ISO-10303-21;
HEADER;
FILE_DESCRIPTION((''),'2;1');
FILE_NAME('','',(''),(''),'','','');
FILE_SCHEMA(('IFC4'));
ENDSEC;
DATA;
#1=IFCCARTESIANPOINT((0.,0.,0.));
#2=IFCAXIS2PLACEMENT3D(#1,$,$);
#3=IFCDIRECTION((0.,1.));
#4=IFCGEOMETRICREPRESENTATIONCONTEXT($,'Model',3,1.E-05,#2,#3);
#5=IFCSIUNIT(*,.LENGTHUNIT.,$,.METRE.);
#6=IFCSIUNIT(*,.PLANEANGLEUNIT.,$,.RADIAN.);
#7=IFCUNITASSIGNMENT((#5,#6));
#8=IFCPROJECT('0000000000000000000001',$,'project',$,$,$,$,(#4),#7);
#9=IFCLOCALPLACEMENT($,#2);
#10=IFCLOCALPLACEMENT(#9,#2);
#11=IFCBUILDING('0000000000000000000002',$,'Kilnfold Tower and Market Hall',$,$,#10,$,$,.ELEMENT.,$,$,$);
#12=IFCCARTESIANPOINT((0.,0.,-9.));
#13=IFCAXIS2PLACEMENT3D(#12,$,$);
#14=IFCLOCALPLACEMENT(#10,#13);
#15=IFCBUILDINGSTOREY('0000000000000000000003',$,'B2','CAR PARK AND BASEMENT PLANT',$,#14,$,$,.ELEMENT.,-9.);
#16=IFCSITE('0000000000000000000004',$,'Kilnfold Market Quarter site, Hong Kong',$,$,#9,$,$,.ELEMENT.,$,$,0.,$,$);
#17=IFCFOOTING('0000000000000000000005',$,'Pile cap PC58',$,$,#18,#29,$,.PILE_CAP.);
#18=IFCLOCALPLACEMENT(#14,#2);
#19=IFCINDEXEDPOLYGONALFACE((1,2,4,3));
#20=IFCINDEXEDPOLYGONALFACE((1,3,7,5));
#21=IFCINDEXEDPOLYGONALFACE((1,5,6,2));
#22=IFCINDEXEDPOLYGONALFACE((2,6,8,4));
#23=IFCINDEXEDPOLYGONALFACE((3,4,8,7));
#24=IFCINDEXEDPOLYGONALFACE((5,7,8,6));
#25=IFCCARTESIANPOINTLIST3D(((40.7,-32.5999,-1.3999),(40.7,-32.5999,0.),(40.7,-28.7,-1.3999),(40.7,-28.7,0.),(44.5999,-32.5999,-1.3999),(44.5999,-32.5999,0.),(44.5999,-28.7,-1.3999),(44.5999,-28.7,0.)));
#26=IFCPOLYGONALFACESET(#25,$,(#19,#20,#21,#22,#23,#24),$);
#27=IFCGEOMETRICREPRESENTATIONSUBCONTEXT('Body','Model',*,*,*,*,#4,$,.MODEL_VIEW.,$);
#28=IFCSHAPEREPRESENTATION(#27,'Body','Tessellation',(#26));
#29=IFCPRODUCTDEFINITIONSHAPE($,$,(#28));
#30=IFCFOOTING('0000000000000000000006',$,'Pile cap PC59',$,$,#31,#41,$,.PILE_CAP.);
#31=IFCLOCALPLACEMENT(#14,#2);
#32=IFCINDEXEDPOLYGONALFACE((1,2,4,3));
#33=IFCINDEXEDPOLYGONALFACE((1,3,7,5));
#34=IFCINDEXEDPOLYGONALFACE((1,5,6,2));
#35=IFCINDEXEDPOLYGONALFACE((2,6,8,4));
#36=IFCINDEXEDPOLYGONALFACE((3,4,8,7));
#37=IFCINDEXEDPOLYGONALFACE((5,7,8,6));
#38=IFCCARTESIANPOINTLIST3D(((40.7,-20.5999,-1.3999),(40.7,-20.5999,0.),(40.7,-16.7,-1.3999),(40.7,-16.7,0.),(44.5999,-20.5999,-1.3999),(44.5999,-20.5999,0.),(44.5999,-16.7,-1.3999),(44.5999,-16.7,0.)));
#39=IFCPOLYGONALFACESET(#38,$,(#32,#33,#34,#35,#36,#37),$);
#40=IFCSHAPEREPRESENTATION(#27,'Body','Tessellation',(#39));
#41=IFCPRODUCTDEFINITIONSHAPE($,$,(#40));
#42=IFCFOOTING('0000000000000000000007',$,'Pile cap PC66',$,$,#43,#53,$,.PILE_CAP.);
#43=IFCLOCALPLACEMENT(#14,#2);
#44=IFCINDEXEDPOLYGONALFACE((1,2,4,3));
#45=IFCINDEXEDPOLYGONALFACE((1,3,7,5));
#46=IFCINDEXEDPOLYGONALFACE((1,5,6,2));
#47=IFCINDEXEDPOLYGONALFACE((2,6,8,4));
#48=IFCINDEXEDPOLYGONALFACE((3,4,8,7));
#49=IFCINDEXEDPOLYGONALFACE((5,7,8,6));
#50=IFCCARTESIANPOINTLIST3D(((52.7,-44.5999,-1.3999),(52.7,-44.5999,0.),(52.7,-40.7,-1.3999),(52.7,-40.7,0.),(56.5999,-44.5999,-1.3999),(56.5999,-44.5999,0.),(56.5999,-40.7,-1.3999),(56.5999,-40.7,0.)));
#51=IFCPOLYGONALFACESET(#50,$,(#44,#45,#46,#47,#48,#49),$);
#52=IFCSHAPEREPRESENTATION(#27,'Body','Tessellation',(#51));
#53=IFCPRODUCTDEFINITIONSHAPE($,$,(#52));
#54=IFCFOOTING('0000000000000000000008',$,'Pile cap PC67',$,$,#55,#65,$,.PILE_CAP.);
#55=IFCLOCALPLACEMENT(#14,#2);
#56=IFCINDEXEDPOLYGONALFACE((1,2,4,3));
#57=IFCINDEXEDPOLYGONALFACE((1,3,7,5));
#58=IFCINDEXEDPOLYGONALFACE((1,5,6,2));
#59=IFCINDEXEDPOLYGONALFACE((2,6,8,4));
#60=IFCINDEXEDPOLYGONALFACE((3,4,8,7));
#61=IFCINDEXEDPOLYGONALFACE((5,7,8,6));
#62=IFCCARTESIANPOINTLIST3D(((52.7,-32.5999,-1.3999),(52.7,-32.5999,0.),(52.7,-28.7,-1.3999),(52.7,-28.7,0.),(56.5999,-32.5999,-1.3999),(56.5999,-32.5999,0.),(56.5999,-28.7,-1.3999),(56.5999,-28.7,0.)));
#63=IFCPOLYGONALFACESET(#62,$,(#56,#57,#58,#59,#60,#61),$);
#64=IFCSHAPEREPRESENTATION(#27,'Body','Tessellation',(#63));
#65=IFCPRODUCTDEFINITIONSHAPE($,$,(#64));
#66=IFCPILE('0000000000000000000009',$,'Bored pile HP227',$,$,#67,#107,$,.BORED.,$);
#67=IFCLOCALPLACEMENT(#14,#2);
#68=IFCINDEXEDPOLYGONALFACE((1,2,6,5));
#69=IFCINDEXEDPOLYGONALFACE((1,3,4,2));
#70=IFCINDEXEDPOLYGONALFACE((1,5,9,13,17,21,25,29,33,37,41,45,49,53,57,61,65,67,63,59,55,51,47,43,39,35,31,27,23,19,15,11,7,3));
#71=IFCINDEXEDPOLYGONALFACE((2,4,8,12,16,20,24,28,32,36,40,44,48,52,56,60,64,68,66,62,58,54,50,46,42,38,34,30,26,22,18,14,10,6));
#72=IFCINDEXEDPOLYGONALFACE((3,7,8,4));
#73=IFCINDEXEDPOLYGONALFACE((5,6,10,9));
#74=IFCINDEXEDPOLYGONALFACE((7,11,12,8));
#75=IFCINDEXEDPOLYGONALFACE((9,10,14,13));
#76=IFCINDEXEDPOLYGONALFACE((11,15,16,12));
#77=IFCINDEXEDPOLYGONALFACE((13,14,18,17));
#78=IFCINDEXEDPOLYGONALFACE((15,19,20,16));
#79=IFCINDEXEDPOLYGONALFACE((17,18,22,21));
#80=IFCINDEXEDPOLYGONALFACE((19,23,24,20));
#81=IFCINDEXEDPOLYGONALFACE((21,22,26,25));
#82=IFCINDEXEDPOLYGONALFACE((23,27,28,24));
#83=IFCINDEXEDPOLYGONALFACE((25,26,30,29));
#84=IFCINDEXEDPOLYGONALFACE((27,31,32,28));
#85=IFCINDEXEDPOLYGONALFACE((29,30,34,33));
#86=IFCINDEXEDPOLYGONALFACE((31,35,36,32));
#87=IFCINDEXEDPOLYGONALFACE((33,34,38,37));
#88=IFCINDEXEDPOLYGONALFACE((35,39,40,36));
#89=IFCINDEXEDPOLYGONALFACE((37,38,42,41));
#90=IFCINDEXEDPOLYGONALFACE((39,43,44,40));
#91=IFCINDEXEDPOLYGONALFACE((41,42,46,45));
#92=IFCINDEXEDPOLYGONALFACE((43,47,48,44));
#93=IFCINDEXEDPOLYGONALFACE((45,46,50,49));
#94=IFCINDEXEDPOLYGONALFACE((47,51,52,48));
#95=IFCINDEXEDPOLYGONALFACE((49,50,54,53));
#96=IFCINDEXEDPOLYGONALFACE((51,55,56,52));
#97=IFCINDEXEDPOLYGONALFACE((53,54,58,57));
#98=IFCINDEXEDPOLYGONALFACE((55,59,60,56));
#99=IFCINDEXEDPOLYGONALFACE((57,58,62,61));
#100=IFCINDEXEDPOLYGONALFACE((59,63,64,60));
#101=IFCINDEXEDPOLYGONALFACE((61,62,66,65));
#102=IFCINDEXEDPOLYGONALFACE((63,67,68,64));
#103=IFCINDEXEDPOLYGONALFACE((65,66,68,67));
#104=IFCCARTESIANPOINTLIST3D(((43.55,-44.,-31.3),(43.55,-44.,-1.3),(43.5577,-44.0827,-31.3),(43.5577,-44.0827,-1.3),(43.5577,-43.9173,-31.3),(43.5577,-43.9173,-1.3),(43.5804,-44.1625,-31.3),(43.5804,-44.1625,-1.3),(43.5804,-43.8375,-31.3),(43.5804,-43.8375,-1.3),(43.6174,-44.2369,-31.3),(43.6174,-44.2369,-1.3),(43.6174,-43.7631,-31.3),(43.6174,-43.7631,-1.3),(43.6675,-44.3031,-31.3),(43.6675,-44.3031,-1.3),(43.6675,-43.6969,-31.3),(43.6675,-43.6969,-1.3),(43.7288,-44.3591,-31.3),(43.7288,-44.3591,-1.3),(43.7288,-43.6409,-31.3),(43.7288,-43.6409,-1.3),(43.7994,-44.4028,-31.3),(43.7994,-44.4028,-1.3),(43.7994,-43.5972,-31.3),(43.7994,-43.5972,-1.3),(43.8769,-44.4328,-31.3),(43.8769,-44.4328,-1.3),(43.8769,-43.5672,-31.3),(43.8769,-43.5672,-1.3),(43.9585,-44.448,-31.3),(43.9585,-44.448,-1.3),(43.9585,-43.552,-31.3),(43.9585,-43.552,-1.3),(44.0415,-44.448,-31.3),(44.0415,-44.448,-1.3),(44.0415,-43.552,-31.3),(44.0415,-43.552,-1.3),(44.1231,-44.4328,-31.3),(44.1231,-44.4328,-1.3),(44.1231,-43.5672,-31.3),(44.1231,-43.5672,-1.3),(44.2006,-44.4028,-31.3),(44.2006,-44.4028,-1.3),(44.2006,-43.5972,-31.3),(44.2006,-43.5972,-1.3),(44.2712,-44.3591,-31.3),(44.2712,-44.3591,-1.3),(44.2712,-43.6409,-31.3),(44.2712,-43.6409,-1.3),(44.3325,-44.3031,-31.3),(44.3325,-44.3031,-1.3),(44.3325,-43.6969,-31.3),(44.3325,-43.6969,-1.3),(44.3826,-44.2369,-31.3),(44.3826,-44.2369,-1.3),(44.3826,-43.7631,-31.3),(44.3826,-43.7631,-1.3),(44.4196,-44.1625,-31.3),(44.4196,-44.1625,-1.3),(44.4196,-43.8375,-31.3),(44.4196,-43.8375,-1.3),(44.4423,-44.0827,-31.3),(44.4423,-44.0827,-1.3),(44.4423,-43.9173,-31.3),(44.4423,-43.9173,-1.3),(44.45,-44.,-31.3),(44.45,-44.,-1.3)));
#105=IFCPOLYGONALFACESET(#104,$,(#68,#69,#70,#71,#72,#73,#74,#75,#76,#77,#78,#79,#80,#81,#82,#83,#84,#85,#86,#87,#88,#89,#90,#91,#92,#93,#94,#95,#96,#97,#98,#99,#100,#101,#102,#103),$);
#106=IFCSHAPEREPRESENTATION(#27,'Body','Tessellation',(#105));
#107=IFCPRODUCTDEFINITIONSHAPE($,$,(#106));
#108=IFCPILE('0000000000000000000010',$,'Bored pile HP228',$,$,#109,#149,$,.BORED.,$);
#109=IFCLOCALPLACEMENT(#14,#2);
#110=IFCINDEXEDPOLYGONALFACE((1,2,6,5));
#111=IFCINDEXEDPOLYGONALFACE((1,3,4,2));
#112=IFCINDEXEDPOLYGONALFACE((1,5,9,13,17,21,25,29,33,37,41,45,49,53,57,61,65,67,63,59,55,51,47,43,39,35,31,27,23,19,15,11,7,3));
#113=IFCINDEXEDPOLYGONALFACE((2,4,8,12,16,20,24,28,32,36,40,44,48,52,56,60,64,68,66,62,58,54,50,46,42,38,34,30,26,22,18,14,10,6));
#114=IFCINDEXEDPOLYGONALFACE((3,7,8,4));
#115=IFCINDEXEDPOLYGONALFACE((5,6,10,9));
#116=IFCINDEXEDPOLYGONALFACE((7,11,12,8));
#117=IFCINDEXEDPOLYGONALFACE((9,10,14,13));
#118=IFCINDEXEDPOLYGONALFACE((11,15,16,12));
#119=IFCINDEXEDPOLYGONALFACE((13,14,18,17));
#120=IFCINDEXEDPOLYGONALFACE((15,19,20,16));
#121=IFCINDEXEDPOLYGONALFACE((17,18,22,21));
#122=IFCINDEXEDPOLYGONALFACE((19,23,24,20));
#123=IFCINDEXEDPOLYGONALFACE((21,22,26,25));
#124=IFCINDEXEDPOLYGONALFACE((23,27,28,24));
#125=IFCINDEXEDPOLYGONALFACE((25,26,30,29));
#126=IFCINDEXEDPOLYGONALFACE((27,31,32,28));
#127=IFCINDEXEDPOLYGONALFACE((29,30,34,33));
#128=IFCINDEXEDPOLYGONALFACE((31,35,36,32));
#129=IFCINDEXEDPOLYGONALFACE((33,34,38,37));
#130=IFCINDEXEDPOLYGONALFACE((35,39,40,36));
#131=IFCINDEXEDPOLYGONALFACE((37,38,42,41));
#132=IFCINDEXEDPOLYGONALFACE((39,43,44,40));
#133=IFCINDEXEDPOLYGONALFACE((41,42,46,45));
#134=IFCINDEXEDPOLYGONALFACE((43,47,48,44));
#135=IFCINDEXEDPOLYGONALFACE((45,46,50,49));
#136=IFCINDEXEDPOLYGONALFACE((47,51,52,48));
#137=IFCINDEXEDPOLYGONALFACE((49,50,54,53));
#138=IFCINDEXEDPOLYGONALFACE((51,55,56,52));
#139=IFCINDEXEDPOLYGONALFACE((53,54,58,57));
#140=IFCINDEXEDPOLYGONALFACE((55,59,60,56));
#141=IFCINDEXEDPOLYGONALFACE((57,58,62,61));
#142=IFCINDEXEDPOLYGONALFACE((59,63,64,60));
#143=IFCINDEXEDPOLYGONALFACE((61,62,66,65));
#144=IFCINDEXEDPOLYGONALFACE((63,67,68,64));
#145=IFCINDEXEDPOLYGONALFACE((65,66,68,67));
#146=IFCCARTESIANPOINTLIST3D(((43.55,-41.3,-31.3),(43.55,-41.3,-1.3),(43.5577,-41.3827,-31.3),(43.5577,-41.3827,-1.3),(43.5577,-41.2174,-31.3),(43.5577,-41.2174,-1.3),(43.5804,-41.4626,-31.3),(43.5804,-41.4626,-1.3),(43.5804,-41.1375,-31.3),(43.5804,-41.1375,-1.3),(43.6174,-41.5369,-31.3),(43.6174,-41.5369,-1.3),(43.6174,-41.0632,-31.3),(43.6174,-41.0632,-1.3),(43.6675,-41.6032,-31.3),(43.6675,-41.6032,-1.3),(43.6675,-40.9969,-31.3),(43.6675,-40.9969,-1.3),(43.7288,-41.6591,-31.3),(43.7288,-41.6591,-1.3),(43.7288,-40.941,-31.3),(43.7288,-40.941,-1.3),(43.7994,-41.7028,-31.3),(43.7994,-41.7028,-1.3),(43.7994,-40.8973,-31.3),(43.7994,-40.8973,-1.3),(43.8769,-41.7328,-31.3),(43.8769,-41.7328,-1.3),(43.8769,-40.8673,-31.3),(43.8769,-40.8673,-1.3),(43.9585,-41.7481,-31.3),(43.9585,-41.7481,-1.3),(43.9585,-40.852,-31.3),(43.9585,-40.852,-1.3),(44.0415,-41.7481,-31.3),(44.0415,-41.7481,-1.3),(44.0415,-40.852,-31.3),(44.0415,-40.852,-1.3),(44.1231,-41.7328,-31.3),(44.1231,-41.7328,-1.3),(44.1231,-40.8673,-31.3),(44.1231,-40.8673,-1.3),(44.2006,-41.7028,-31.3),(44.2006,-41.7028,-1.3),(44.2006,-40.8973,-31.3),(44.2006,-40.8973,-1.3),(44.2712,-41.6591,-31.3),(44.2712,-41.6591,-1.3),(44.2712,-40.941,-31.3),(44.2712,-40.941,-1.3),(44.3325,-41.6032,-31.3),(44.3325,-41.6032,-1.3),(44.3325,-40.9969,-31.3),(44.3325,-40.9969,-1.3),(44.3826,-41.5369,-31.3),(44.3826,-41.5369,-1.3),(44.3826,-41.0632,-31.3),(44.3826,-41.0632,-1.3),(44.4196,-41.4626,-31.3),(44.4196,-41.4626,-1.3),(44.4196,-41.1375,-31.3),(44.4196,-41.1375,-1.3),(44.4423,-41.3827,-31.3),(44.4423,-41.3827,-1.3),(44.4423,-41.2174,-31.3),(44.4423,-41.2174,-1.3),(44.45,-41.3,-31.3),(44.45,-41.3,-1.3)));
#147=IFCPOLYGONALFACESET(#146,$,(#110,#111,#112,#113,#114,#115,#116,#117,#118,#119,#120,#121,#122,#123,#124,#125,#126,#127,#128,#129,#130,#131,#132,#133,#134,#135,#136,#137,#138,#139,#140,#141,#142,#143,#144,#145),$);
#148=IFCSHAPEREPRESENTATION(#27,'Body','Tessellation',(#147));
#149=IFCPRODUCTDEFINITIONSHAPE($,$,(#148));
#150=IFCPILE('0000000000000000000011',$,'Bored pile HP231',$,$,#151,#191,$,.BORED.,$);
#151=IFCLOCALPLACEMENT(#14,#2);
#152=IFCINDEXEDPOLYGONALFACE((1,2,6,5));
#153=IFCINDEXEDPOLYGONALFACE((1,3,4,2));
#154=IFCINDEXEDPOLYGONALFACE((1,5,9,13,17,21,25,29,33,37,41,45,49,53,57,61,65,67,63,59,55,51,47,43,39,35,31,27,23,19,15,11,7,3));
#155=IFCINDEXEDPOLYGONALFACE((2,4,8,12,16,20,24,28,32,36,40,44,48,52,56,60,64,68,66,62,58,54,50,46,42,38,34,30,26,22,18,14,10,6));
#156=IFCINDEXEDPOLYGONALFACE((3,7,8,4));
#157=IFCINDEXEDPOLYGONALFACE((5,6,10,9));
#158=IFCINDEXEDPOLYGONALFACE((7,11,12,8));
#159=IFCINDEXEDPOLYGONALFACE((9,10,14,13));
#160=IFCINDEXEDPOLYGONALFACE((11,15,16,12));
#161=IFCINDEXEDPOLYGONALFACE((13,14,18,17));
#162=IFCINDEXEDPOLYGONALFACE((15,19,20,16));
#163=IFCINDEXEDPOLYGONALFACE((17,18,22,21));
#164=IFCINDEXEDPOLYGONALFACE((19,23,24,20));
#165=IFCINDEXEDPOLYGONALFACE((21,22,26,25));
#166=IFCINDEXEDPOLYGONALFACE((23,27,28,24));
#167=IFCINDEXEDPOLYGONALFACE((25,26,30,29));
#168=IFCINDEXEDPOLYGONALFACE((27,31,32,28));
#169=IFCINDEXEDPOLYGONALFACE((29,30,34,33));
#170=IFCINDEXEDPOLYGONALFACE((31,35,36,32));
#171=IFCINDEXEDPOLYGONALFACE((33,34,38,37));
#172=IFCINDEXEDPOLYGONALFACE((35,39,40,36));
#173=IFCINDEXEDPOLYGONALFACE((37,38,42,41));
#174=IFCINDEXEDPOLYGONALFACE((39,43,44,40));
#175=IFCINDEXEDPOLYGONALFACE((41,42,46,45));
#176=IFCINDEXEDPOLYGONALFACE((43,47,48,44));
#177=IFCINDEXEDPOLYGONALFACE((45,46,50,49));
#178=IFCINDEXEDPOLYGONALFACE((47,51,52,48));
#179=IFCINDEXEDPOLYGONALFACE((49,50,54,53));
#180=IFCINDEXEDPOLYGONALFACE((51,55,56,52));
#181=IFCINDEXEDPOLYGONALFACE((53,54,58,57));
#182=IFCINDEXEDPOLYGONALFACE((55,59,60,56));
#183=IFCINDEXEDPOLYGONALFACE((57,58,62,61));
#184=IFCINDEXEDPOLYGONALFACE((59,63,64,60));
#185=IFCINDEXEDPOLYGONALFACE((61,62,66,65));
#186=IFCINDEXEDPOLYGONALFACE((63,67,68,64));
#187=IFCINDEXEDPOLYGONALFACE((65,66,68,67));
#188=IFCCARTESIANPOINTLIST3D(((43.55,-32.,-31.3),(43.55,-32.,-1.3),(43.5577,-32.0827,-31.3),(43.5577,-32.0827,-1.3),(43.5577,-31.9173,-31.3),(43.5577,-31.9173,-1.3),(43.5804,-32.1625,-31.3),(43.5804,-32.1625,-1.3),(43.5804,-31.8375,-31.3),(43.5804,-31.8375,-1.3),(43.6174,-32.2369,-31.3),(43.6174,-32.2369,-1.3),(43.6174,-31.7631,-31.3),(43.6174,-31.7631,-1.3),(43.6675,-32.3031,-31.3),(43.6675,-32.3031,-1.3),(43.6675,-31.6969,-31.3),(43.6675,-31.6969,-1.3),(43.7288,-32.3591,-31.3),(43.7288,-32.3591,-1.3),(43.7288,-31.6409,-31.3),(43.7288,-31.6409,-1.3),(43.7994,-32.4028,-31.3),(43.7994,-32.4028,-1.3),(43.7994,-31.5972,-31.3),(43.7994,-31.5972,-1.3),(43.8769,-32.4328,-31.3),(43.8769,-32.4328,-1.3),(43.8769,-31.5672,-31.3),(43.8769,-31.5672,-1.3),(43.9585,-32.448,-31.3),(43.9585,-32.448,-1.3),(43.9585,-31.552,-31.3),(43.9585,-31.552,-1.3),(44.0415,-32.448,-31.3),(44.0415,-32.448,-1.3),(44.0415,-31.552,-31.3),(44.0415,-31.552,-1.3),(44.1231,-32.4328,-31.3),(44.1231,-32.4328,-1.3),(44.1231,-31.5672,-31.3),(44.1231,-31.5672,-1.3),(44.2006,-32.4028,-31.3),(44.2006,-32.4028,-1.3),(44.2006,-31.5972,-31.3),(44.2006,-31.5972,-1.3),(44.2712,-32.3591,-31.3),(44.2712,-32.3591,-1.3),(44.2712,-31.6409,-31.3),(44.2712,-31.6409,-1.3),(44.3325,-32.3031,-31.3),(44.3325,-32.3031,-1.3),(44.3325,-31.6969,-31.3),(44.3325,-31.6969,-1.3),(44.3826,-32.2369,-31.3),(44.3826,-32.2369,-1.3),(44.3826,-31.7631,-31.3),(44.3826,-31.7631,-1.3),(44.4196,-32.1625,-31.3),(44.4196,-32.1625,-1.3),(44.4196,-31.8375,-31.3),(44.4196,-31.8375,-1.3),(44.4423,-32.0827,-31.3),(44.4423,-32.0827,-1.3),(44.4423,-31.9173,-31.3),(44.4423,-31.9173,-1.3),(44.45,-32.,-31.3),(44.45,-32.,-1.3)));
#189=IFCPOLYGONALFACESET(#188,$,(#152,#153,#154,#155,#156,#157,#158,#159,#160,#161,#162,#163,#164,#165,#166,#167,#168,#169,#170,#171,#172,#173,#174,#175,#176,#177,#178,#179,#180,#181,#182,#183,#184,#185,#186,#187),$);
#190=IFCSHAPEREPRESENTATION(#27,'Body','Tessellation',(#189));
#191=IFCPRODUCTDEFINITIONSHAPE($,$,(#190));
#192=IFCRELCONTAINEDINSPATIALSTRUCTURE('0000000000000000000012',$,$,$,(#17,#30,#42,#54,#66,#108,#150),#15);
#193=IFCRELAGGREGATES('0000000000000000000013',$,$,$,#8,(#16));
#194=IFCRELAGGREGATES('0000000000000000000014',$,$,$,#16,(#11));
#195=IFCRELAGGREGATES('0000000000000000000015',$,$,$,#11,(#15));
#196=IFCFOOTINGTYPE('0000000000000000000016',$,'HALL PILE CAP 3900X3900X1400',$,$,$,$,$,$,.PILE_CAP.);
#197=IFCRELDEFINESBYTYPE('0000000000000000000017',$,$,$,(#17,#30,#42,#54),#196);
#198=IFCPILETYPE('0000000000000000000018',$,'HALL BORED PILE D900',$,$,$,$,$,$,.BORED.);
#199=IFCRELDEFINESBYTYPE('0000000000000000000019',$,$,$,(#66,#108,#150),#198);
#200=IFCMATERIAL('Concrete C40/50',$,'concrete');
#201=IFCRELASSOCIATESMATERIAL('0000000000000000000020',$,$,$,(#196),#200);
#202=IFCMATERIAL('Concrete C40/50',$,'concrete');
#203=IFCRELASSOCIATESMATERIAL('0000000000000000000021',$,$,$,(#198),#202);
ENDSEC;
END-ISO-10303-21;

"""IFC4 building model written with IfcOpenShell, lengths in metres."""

from ifc_helpers import new_model, si_unit, direction, frame, origin, origin_2d, place, context, subcontext, project, spatial, rectangle, circle, extrude, source, transform, mapped, material, material_profile, profile_set, type_object, element, save


model = new_model("IFC4")

# Units and contexts
model_context = context("Model", 3, precision=1e-05, world=origin(), true_north=direction((0.0, 1.0)))
body_context = subcontext(model_context, "Body", "Model", "MODEL_VIEW")
ifc_project = project(units=[si_unit("LENGTHUNIT", "METRE"), si_unit("PLANEANGLEUNIT", "RADIAN")], contexts=[model_context])

# Site, building, storey
site_placement = place(None, origin())
site = spatial("IfcSite", under=ifc_project, at=site_placement, Name="Kilnfold Market Quarter site, Hong Kong", CompositionType="ELEMENT", RefElevation=0.0)
building_placement = place(site_placement, origin())
building = spatial("IfcBuilding", under=site, at=building_placement, Name="Kilnfold Tower and Market Hall", CompositionType="ELEMENT")
storey_placement = place(building_placement, frame((0.0, 0.0, -9.0)))
storey = spatial("IfcBuildingStorey", under=building, at=storey_placement, Name="B2", Description="CAR PARK AND BASEMENT PLANT", CompositionType="ELEMENT", Elevation=-9.0)

# Footings
ifc_material_1 = material(Name="Concrete C40/50", Category="concrete")
footing_type = type_object("IfcFootingType", Name="HALL PILE CAP 3900X3900X1400", PredefinedType="PILE_CAP", material=ifc_material_1)
shared_shape_1 = source(origin(), body_context, "Body", "SweptSolid", [
    extrude(rectangle(XDim=3.8999, YDim=3.8999, at=origin_2d()), origin(), (0.0, 0.0, 1.0), 1.3999),
])
for number, where, z_axis, x_axis, name in (
    (1, (42.6499, -30.6499, -1.3999), (0.0, 0.0, 1.0), (1.0, 0.0, 0.0), "Pile cap PC58"),
    (2, (42.6499, -18.6499, -1.3999), (0.0, 0.0, 1.0), (1.0, 0.0, 0.0), "Pile cap PC59"),
    (3, (54.6499, -42.6499, -1.3999), (0.0, 0.0, 1.0), (1.0, 0.0, 0.0), "Pile cap PC66"),
    (4, (54.6499, -30.6499, -1.3999), (0.0, 0.0, 1.0), (1.0, 0.0, 0.0), "Pile cap PC67"),
):
    element("IfcFooting", number, at=place(storey_placement, frame(where, z_axis=z_axis, x_axis=x_axis)), inside=storey, type_object=footing_type, Name=name, PredefinedType="PILE_CAP", context=body_context, shape_type="MappedRepresentation", body=[
        mapped(shared_shape_1, transform((0.0, 0.0, 0.0))),
    ])

# Piles
ifc_material_2 = material(Name="Concrete C40/50", Category="concrete")
ifc_material_profile_1 = material_profile(ifc_material_2, circle(Radius=0.45, at=origin_2d()), Name="D900")
ifc_profile_set_1 = profile_set([ifc_material_profile_1], Name="Concrete C40/50")
pile_type = type_object("IfcPileType", Name="HALL BORED PILE D900", PredefinedType="BORED", material=ifc_profile_set_1)
shared_shape_2 = source(origin(), body_context, "Body", "SweptSolid", [
    extrude(circle(Radius=0.45, at=origin_2d()), origin(), (0.0, 0.0, 1.0), 30.0),
])
for number, where, z_axis, x_axis, name in (
    (5, (44.0, -44.0, -1.3), (0.0, 0.0, -1.0), (1.0, 0.0, 0.0), "Bored pile HP227"),
    (6, (44.0, -41.3, -1.3), (0.0, 0.0, -1.0), (1.0, 0.0, 0.0), "Bored pile HP228"),
    (7, (44.0, -32.0, -1.3), (0.0, 0.0, -1.0), (1.0, 0.0, 0.0), "Bored pile HP231"),
):
    element("IfcPile", number, at=place(storey_placement, frame(where, z_axis=z_axis, x_axis=x_axis)), inside=storey, type_object=pile_type, Name=name, PredefinedType="BORED", context=body_context, shape_type="MappedRepresentation", body=[
        mapped(shared_shape_2, transform((0.0, 0.0, 0.0))),
    ])

save(model, "model.ifc")
